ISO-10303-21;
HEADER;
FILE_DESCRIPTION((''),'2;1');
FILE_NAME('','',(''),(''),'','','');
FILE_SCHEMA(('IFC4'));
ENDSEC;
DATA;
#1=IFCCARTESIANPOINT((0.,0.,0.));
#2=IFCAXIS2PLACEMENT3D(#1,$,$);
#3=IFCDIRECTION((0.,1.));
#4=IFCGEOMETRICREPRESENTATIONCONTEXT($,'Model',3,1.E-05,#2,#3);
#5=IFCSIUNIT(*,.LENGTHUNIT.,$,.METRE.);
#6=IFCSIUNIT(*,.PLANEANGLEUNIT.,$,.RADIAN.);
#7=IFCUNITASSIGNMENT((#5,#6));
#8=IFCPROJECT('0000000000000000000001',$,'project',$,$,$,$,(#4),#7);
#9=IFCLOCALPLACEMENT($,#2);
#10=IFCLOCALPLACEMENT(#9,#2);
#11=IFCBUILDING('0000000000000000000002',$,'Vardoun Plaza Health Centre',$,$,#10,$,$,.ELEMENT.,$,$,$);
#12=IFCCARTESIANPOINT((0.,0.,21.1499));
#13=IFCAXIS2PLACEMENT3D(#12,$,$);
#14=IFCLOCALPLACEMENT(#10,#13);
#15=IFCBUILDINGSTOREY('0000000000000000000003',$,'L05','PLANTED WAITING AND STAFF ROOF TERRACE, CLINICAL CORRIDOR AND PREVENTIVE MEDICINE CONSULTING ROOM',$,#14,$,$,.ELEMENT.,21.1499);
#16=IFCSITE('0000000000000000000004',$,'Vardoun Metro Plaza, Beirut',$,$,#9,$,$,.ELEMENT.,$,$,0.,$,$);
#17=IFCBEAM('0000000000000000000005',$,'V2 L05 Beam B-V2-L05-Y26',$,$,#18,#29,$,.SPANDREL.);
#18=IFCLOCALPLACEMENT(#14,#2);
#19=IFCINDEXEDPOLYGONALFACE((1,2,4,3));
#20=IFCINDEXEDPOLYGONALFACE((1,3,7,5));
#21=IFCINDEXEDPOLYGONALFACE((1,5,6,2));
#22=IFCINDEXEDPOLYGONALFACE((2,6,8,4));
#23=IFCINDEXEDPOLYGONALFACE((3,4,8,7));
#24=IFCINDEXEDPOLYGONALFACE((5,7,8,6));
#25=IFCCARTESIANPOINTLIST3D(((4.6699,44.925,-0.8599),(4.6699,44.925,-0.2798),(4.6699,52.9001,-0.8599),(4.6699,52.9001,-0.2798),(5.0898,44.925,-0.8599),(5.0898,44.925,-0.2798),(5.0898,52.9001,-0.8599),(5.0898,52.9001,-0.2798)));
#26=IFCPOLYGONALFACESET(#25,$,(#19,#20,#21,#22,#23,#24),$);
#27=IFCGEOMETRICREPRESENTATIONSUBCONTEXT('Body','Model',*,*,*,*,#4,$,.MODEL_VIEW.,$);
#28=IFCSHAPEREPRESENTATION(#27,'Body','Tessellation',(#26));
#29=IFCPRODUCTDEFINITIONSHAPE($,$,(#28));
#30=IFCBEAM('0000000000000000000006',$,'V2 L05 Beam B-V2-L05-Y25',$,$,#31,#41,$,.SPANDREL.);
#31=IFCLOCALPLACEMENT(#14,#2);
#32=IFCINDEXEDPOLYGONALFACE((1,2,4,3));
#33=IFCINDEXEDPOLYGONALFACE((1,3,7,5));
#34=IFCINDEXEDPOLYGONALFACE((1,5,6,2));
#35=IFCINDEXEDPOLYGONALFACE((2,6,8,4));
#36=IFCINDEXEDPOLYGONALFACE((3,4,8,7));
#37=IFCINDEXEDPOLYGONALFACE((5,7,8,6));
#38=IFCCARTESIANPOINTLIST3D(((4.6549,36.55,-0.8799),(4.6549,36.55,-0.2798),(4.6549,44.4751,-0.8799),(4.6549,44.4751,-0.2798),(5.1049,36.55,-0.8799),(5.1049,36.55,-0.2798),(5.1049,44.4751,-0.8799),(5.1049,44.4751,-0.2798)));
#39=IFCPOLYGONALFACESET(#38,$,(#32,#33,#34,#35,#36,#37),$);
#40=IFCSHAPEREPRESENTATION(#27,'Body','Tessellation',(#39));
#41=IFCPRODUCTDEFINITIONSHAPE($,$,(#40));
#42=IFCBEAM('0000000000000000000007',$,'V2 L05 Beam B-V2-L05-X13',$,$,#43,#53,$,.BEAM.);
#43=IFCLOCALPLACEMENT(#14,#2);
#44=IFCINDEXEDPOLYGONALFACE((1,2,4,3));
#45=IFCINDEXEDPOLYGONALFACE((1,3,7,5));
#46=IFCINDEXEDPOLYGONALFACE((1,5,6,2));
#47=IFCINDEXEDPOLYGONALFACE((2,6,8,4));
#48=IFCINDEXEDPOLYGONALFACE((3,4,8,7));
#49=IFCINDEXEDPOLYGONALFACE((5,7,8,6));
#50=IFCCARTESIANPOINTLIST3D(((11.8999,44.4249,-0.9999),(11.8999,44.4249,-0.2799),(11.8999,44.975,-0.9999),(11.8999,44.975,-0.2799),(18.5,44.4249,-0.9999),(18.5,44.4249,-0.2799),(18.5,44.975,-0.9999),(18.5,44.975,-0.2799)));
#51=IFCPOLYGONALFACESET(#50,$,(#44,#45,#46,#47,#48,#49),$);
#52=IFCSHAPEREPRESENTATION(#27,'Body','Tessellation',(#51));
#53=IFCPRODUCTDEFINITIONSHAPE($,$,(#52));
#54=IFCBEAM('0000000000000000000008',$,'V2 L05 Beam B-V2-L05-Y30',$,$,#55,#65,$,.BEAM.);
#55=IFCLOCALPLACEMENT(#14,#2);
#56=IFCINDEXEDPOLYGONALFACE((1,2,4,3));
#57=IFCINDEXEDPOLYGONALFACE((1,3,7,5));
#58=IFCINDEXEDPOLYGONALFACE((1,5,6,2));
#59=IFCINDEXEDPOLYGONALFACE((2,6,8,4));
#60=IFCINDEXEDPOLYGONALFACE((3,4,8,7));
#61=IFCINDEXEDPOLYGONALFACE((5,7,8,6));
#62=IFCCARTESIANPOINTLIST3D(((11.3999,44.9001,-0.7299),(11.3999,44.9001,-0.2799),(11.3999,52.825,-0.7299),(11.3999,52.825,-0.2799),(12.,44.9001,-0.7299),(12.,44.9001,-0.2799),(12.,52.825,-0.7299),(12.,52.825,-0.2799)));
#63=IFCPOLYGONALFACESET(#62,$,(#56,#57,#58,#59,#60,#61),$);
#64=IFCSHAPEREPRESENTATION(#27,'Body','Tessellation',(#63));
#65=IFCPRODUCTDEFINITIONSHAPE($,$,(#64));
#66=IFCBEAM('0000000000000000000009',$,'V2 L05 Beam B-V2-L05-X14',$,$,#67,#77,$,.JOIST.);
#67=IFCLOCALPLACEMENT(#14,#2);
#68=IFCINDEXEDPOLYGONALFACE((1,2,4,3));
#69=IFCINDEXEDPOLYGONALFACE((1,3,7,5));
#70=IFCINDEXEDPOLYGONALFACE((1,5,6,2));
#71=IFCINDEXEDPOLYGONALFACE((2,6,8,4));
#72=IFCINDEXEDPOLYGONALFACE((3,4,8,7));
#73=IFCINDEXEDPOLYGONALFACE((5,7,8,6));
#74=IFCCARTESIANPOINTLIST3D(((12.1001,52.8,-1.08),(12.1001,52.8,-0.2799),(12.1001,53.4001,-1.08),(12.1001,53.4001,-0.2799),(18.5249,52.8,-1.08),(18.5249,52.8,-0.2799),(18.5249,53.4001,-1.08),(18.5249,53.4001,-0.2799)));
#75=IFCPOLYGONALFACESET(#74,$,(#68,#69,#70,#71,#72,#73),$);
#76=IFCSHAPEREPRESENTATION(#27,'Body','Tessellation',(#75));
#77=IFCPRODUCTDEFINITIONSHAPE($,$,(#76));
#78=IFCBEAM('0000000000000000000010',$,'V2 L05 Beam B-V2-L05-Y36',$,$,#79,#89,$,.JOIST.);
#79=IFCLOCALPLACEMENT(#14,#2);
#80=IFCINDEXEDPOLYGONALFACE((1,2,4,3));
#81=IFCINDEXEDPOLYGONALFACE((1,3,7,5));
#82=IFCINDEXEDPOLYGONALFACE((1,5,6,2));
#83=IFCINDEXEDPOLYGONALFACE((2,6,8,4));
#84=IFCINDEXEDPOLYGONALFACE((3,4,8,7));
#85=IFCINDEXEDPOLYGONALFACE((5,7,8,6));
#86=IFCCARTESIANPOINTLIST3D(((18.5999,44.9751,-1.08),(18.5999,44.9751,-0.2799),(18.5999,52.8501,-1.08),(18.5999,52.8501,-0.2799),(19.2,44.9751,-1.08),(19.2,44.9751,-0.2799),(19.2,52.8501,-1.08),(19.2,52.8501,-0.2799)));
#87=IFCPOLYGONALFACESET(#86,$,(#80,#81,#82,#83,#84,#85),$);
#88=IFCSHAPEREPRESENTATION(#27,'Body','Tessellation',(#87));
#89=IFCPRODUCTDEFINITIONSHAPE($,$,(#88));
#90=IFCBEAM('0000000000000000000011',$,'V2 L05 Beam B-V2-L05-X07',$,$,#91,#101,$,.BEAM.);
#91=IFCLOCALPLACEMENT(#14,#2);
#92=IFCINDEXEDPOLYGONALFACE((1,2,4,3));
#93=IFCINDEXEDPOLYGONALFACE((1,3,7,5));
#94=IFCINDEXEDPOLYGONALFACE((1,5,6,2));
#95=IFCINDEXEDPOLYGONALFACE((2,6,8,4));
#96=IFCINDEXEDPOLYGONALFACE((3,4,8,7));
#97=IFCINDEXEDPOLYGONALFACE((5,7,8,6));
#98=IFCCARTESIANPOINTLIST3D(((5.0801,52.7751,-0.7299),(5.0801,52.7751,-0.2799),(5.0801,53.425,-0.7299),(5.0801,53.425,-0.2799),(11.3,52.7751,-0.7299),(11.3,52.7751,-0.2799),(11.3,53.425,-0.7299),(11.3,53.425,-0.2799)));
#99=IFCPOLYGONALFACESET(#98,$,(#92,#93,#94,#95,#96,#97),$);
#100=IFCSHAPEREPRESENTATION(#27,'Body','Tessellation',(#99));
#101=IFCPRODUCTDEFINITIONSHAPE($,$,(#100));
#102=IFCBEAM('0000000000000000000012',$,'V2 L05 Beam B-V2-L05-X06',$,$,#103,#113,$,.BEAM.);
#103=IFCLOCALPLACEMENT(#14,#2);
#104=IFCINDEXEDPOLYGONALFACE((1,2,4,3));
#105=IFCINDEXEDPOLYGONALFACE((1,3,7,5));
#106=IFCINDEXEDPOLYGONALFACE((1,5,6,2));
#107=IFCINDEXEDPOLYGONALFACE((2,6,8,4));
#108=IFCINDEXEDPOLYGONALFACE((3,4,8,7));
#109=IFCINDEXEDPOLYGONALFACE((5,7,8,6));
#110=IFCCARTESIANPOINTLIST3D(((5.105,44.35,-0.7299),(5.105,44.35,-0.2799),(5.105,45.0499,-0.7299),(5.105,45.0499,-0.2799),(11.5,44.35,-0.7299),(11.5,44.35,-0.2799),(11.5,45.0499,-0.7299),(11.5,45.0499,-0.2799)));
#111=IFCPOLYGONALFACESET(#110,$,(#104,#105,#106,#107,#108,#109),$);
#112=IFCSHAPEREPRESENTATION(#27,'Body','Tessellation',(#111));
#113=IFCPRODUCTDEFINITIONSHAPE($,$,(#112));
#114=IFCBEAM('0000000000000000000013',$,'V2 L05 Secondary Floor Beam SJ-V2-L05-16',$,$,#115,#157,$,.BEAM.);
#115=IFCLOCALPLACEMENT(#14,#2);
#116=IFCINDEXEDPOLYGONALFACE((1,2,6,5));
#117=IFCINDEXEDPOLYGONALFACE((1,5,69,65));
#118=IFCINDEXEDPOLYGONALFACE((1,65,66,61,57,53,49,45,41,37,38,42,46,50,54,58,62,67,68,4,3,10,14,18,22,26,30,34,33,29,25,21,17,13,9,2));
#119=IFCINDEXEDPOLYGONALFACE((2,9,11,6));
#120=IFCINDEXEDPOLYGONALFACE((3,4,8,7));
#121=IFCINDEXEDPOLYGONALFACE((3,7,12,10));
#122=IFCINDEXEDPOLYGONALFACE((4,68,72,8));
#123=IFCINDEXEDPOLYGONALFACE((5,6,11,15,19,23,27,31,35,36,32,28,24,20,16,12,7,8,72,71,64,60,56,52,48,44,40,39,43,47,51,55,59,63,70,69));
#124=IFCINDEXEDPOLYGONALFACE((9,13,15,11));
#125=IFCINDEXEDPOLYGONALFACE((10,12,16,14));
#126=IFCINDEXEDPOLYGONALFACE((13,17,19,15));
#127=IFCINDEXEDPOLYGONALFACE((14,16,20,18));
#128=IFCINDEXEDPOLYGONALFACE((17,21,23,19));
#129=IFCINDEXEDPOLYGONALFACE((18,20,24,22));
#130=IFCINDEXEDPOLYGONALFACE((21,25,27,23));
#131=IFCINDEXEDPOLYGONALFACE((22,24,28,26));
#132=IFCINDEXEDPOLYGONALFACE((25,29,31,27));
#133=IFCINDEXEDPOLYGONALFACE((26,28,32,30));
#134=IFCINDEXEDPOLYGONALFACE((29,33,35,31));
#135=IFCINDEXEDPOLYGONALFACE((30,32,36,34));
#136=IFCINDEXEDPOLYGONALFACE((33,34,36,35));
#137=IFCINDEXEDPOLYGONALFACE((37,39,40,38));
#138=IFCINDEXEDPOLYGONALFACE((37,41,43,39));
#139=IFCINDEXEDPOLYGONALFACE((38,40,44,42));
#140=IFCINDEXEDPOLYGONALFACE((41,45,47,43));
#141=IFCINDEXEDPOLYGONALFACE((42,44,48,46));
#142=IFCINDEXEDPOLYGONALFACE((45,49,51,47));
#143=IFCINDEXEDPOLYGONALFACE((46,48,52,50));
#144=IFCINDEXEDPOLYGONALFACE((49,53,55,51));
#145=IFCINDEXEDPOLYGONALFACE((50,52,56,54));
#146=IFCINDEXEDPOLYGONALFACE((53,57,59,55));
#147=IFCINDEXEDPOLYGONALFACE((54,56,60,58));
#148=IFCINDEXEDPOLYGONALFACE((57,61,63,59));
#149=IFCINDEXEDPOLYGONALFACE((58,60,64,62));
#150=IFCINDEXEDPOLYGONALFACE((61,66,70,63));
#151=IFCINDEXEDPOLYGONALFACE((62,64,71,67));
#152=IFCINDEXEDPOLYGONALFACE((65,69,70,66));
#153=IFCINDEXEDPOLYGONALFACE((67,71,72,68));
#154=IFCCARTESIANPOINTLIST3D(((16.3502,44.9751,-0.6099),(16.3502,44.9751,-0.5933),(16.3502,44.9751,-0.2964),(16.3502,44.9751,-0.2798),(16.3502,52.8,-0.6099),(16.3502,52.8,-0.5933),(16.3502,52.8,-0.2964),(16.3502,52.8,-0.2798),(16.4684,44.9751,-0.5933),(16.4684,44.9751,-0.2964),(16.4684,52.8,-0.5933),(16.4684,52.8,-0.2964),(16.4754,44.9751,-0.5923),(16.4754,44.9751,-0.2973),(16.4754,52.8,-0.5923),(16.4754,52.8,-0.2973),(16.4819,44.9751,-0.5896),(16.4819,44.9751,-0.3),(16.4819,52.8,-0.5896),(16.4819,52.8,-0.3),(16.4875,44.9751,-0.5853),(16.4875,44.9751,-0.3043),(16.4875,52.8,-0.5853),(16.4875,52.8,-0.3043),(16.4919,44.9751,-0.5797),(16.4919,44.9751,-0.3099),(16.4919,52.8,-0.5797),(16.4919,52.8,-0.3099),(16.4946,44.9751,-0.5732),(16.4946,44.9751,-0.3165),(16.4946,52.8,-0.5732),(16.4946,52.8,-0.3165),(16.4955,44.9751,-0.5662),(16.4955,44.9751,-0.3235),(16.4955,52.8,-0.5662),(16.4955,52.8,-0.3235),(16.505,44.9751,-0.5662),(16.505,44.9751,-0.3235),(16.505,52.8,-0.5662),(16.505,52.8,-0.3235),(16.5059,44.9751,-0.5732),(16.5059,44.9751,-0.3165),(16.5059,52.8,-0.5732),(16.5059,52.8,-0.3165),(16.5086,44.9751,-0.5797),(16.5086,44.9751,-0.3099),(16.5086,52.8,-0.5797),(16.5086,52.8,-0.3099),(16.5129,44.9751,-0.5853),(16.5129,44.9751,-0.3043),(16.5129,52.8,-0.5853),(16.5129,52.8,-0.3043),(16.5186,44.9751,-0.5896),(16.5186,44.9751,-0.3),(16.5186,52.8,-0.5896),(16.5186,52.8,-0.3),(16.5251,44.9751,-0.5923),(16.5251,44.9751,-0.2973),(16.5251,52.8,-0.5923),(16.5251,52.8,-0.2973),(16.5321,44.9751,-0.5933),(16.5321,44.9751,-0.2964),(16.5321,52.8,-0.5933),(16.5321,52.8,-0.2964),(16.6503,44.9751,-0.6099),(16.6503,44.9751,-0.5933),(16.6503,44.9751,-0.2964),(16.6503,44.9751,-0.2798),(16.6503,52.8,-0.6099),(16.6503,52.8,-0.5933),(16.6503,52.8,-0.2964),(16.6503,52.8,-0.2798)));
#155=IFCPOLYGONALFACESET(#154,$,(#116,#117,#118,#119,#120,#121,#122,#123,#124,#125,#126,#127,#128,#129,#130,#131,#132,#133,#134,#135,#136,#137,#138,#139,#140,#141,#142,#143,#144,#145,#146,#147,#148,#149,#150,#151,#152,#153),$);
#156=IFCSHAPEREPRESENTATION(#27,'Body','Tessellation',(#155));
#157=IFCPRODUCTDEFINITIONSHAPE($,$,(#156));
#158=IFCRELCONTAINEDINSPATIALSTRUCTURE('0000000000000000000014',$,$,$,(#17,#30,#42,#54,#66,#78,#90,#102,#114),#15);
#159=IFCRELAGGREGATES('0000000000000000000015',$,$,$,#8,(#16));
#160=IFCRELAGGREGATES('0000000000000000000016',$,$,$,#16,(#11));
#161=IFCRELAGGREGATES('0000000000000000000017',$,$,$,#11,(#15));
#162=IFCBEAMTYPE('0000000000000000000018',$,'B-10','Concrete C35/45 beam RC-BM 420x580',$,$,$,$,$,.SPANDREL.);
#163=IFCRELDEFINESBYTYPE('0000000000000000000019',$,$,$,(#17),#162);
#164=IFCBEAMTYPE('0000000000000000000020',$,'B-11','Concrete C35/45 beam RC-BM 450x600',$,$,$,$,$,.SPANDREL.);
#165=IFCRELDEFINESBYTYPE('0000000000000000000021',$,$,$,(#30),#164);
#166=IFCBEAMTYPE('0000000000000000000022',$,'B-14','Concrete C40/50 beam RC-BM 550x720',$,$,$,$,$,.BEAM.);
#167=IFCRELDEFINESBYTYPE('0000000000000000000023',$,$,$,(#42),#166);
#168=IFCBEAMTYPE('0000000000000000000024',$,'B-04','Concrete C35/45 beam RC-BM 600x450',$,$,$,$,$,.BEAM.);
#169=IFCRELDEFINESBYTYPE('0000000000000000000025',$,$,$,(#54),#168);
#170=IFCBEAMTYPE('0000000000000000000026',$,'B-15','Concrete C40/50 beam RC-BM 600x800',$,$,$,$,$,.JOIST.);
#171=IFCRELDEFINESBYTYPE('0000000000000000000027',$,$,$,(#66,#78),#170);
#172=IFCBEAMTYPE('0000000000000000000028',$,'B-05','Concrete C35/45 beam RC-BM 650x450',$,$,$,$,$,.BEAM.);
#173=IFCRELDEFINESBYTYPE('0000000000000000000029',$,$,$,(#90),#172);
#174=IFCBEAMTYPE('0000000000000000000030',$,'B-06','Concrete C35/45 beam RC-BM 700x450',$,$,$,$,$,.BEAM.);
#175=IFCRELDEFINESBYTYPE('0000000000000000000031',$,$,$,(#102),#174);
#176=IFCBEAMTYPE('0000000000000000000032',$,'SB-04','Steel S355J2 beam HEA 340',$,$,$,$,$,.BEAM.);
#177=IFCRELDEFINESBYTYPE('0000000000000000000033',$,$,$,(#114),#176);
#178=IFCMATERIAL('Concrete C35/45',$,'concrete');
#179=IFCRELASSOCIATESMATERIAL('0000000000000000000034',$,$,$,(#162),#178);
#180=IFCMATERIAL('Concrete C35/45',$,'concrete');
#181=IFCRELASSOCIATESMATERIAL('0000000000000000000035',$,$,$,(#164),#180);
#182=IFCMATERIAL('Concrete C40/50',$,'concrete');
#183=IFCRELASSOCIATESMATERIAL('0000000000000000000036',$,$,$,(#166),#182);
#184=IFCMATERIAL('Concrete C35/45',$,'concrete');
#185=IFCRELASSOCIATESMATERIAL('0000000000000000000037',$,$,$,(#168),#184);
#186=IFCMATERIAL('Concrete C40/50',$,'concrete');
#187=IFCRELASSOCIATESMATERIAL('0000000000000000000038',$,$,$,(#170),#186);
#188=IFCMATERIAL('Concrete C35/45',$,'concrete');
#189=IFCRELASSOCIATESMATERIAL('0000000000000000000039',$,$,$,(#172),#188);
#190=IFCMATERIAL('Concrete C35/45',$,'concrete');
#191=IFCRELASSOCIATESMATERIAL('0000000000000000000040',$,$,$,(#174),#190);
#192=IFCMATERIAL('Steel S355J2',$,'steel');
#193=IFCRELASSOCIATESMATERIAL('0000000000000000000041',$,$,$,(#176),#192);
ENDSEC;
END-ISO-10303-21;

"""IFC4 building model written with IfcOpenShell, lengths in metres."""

from ifc_helpers import new_model, si_unit, direction, frame, origin, origin_2d, place, context, subcontext, project, spatial, rectangle, i_section, extrude, material, material_profile, profile_set, type_object, element, save


model = new_model("IFC4")

# Units and contexts
model_context = context("Model", 3, precision=1e-05, world=origin(), true_north=direction((0.0, 1.0)))
body_context = subcontext(model_context, "Body", "Model", "MODEL_VIEW")
ifc_project = project(units=[si_unit("LENGTHUNIT", "METRE"), si_unit("PLANEANGLEUNIT", "RADIAN")], contexts=[model_context])

# Site, building, storey
site_placement = place(None, origin())
site = spatial("IfcSite", under=ifc_project, at=site_placement, Name="Vardoun Metro Plaza, Beirut", CompositionType="ELEMENT", RefElevation=0.0)
building_placement = place(site_placement, origin())
building = spatial("IfcBuilding", under=site, at=building_placement, Name="Vardoun Plaza Health Centre", CompositionType="ELEMENT")
storey_placement = place(building_placement, frame((0.0, 0.0, 21.1499)))
storey = spatial("IfcBuildingStorey", under=building, at=storey_placement, Name="L05", Description="PLANTED WAITING AND STAFF ROOF TERRACE, CLINICAL CORRIDOR AND PREVENTIVE MEDICINE CONSULTING ROOM", CompositionType="ELEMENT", Elevation=21.1499)

# Beams
ifc_material_1 = material(Name="Concrete C35/45", Category="concrete")
ifc_material_profile_1 = material_profile(ifc_material_1, rectangle(XDim=0.4199, YDim=0.5801, at=origin_2d()), Name="RC-BM 420x580")
ifc_profile_set_1 = profile_set([ifc_material_profile_1], Name="Concrete C35/45")
beam_type_1 = type_object("IfcBeamType", Name="B-10", Description="Concrete C35/45 beam RC-BM 420x580", PredefinedType="SPANDREL", material=ifc_profile_set_1)
beam_1_placement = place(storey_placement, frame((4.8799, 44.925, -0.5698), z_axis=(0.0, 1.0, 0.0), x_axis=(-1.0, 0.0, 0.0)))
element("IfcBeam", 1, at=beam_1_placement, inside=storey, type_object=beam_type_1, Name="V2 L05 Beam B-V2-L05-Y26", PredefinedType="SPANDREL", context=body_context, shape_type="SweptSolid", body=[
    extrude(rectangle(XDim=0.4199, YDim=0.5801, at=origin_2d()), origin(), (0.0, 0.0, 1.0), 7.9751),
])
ifc_material_2 = material(Name="Concrete C35/45", Category="concrete")
ifc_material_profile_2 = material_profile(ifc_material_2, rectangle(XDim=0.45, YDim=0.6001, at=origin_2d()), Name="RC-BM 450x600")
ifc_profile_set_2 = profile_set([ifc_material_profile_2], Name="Concrete C35/45")
beam_type_2 = type_object("IfcBeamType", Name="B-11", Description="Concrete C35/45 beam RC-BM 450x600", PredefinedType="SPANDREL", material=ifc_profile_set_2)
beam_2_placement = place(storey_placement, frame((4.8799, 36.55, -0.5798), z_axis=(0.0, 1.0, 0.0), x_axis=(-1.0, 0.0, 0.0)))
element("IfcBeam", 2, at=beam_2_placement, inside=storey, type_object=beam_type_2, Name="V2 L05 Beam B-V2-L05-Y25", PredefinedType="SPANDREL", context=body_context, shape_type="SweptSolid", body=[
    extrude(rectangle(XDim=0.45, YDim=0.6001, at=origin_2d()), origin(), (0.0, 0.0, 1.0), 7.925),
])
ifc_material_3 = material(Name="Concrete C40/50", Category="concrete")
ifc_material_profile_3 = material_profile(ifc_material_3, rectangle(XDim=0.55, YDim=0.72, at=origin_2d()), Name="RC-BM 550x720")
ifc_profile_set_3 = profile_set([ifc_material_profile_3], Name="Concrete C40/50")
beam_type_3 = type_object("IfcBeamType", Name="B-14", Description="Concrete C40/50 beam RC-BM 550x720", PredefinedType="BEAM", material=ifc_profile_set_3)
beam_3_placement = place(storey_placement, frame((11.8999, 44.7, -0.6399), z_axis=(1.0, 0.0, 0.0), x_axis=(0.0, 1.0, 0.0)))
element("IfcBeam", 3, at=beam_3_placement, inside=storey, type_object=beam_type_3, Name="V2 L05 Beam B-V2-L05-X13", PredefinedType="BEAM", context=body_context, shape_type="SweptSolid", body=[
    extrude(rectangle(XDim=0.55, YDim=0.72, at=origin_2d()), origin(), (0.0, 0.0, 1.0), 6.6001),
])
ifc_material_4 = material(Name="Concrete C35/45", Category="concrete")
ifc_material_profile_4 = material_profile(ifc_material_4, rectangle(XDim=0.6001, YDim=0.45, at=origin_2d()), Name="RC-BM 600x450")
ifc_profile_set_4 = profile_set([ifc_material_profile_4], Name="Concrete C35/45")
beam_type_4 = type_object("IfcBeamType", Name="B-04", Description="Concrete C35/45 beam RC-BM 600x450", PredefinedType="BEAM", material=ifc_profile_set_4)
beam_4_placement = place(storey_placement, frame((11.7, 44.9001, -0.5049), z_axis=(0.0, 1.0, 0.0), x_axis=(-1.0, 0.0, 0.0)))
element("IfcBeam", 4, at=beam_4_placement, inside=storey, type_object=beam_type_4, Name="V2 L05 Beam B-V2-L05-Y30", PredefinedType="BEAM", context=body_context, shape_type="SweptSolid", body=[
    extrude(rectangle(XDim=0.6001, YDim=0.45, at=origin_2d()), origin(), (0.0, 0.0, 1.0), 7.9248),
])
ifc_material_5 = material(Name="Concrete C40/50", Category="concrete")
ifc_material_profile_5 = material_profile(ifc_material_5, rectangle(XDim=0.6001, YDim=0.8, at=origin_2d()), Name="RC-BM 600x800")
ifc_profile_set_5 = profile_set([ifc_material_profile_5], Name="Concrete C40/50")
beam_type_5 = type_object("IfcBeamType", Name="B-15", Description="Concrete C40/50 beam RC-BM 600x800", PredefinedType="JOIST", material=ifc_profile_set_5)
beam_5_placement = place(storey_placement, frame((12.1001, 53.1001, -0.6799), z_axis=(1.0, 0.0, 0.0), x_axis=(0.0, 1.0, 0.0)))
element("IfcBeam", 5, at=beam_5_placement, inside=storey, type_object=beam_type_5, Name="V2 L05 Beam B-V2-L05-X14", PredefinedType="JOIST", context=body_context, shape_type="SweptSolid", body=[
    extrude(rectangle(XDim=0.6001, YDim=0.8, at=origin_2d()), origin(), (0.0, 0.0, 1.0), 6.4248),
])
beam_6_placement = place(storey_placement, frame((18.8999, 44.9751, -0.6799), z_axis=(0.0, 1.0, 0.0), x_axis=(-1.0, 0.0, 0.0)))
element("IfcBeam", 6, at=beam_6_placement, inside=storey, type_object=beam_type_5, Name="V2 L05 Beam B-V2-L05-Y36", PredefinedType="JOIST", context=body_context, shape_type="SweptSolid", body=[
    extrude(rectangle(XDim=0.6001, YDim=0.8, at=origin_2d()), origin(), (0.0, 0.0, 1.0), 7.875),
])
ifc_material_6 = material(Name="Concrete C35/45", Category="concrete")
ifc_material_profile_6 = material_profile(ifc_material_6, rectangle(XDim=0.6499, YDim=0.45, at=origin_2d()), Name="RC-BM 650x450")
ifc_profile_set_6 = profile_set([ifc_material_profile_6], Name="Concrete C35/45")
beam_type_6 = type_object("IfcBeamType", Name="B-05", Description="Concrete C35/45 beam RC-BM 650x450", PredefinedType="BEAM", material=ifc_profile_set_6)
beam_7_placement = place(storey_placement, frame((5.0801, 53.1001, -0.5049), z_axis=(1.0, 0.0, 0.0), x_axis=(0.0, 1.0, 0.0)))
element("IfcBeam", 7, at=beam_7_placement, inside=storey, type_object=beam_type_6, Name="V2 L05 Beam B-V2-L05-X07", PredefinedType="BEAM", context=body_context, shape_type="SweptSolid", body=[
    extrude(rectangle(XDim=0.6499, YDim=0.45, at=origin_2d()), origin(), (0.0, 0.0, 1.0), 6.22),
])
ifc_material_7 = material(Name="Concrete C35/45", Category="concrete")
ifc_material_profile_7 = material_profile(ifc_material_7, rectangle(XDim=0.7, YDim=0.45, at=origin_2d()), Name="RC-BM 700x450")
ifc_profile_set_7 = profile_set([ifc_material_profile_7], Name="Concrete C35/45")
beam_type_7 = type_object("IfcBeamType", Name="B-06", Description="Concrete C35/45 beam RC-BM 700x450", PredefinedType="BEAM", material=ifc_profile_set_7)
beam_8_placement = place(storey_placement, frame((5.105, 44.7, -0.5049), z_axis=(1.0, 0.0, 0.0), x_axis=(0.0, 1.0, 0.0)))
element("IfcBeam", 8, at=beam_8_placement, inside=storey, type_object=beam_type_7, Name="V2 L05 Beam B-V2-L05-X06", PredefinedType="BEAM", context=body_context, shape_type="SweptSolid", body=[
    extrude(rectangle(XDim=0.7, YDim=0.45, at=origin_2d()), origin(), (0.0, 0.0, 1.0), 6.395),
])
ifc_material_8 = material(Name="Steel S355J2", Category="steel")
ifc_material_profile_8 = material_profile(ifc_material_8, i_section(OverallWidth=0.3, OverallDepth=0.3301, WebThickness=0.0095, FlangeThickness=0.0166, FilletRadius=0.0271, at=origin_2d()), Name="HEA 340")
ifc_profile_set_8 = profile_set([ifc_material_profile_8], Name="Steel S355J2")
beam_type_8 = type_object("IfcBeamType", Name="SB-04", Description="Steel S355J2 beam HEA 340", PredefinedType="BEAM", material=ifc_profile_set_8)
beam_9_placement = place(storey_placement, frame((16.5002, 44.9751, -0.4448), z_axis=(0.0, 1.0, 0.0), x_axis=(-1.0, 0.0, 0.0)))
element("IfcBeam", 9, at=beam_9_placement, inside=storey, type_object=beam_type_8, Name="V2 L05 Secondary Floor Beam SJ-V2-L05-16", PredefinedType="BEAM", context=body_context, shape_type="SweptSolid", body=[
    extrude(i_section(OverallWidth=0.3, OverallDepth=0.3301, WebThickness=0.0095, FlangeThickness=0.0166, FilletRadius=0.0271, at=origin_2d()), origin(), (0.0, 0.0, 1.0), 7.825),
])

save(model, "model.ifc")
